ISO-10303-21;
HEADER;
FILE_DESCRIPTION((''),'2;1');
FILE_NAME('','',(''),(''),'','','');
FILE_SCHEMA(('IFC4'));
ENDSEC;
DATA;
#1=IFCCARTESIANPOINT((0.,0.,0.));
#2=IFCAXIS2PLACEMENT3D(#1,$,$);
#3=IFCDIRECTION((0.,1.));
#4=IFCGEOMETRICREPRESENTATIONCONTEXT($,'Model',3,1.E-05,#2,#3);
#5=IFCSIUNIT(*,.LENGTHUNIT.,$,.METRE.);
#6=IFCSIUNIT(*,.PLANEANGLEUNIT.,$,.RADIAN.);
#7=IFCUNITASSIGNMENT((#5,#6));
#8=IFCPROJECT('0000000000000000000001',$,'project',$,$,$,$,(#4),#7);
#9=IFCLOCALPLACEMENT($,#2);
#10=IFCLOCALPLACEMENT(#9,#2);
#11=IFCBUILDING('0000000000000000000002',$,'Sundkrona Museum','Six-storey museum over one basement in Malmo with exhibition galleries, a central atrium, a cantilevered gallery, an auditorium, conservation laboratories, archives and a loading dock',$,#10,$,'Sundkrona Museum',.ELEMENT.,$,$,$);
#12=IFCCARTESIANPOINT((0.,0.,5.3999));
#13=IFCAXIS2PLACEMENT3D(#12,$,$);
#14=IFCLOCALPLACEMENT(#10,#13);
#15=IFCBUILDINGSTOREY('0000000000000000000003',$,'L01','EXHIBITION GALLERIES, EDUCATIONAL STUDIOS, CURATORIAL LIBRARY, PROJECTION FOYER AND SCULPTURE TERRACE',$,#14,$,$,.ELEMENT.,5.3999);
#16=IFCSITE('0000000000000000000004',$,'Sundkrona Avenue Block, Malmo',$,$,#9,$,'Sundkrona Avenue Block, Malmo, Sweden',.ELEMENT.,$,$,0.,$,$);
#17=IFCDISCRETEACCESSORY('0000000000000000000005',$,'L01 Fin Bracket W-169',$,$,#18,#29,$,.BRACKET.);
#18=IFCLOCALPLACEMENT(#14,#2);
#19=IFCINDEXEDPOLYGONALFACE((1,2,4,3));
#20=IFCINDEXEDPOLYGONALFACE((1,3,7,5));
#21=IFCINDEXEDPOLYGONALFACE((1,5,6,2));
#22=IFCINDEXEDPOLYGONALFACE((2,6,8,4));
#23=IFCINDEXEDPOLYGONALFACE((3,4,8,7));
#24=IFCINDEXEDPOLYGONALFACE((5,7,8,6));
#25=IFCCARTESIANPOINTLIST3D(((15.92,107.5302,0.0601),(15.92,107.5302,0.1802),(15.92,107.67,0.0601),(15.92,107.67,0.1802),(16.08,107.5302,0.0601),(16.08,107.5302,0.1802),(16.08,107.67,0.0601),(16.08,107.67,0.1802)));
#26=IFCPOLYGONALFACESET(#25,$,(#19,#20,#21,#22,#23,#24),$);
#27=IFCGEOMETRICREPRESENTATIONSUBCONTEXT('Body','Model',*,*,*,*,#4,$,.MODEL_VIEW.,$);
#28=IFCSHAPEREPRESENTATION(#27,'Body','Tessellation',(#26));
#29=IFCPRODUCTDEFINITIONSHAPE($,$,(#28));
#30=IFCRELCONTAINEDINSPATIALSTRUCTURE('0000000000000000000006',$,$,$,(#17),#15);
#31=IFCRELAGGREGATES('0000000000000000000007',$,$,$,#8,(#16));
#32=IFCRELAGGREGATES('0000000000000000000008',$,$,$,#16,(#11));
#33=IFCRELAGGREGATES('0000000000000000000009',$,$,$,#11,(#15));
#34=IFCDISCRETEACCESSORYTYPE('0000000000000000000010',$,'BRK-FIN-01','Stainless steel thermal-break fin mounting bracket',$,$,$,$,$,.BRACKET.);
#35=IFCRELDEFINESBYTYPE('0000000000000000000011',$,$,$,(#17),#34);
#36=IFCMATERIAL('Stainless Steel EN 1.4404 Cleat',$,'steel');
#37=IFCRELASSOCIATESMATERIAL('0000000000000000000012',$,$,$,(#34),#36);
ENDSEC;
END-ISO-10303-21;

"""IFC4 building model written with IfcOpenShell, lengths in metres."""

from ifc_helpers import new_model, si_unit, direction, frame, origin, origin_2d, place, context, subcontext, project, spatial, rectangle, extrude, material, type_object, element, save


model = new_model("IFC4")

# Units and contexts
model_context = context("Model", 3, precision=1e-05, world=origin(), true_north=direction((0.0, 1.0)))
body_context = subcontext(model_context, "Body", "Model", "MODEL_VIEW")
ifc_project = project(units=[si_unit("LENGTHUNIT", "METRE"), si_unit("PLANEANGLEUNIT", "RADIAN")], contexts=[model_context])

# Site, building, storey
site_placement = place(None, origin())
site = spatial("IfcSite", under=ifc_project, at=site_placement, Name="Sundkrona Avenue Block, Malmo", LongName="Sundkrona Avenue Block, Malmo, Sweden", CompositionType="ELEMENT", RefElevation=0.0)
building_placement = place(site_placement, origin())
building = spatial("IfcBuilding", under=site, at=building_placement, Name="Sundkrona Museum", Description="Six-storey museum over one basement in Malmo with exhibition galleries, a central atrium, a cantilevered gallery, an auditorium, conservation laboratories, archives and a loading dock", LongName="Sundkrona Museum", CompositionType="ELEMENT")
storey_placement = place(building_placement, frame((0.0, 0.0, 5.3999)))
storey = spatial("IfcBuildingStorey", under=building, at=storey_placement, Name="L01", Description="EXHIBITION GALLERIES, EDUCATIONAL STUDIOS, CURATORIAL LIBRARY, PROJECTION FOYER AND SCULPTURE TERRACE", CompositionType="ELEMENT", Elevation=5.3999)

# Discrete accessory
ifc_material_1 = material(Name="Stainless Steel EN 1.4404 Cleat", Category="steel")
discrete_accessory_type = type_object("IfcDiscreteAccessoryType", Name="BRK-FIN-01", Description="Stainless steel thermal-break fin mounting bracket", PredefinedType="BRACKET", material=ifc_material_1)
for number, where, z_axis, x_axis, name in (
    (1, (16.0, 107.6001, 0.0601), (0.0, 0.0, 1.0), (1.0, 0.0, 0.0), "L01 Fin Bracket W-169"),
):
    element("IfcDiscreteAccessory", number, at=place(storey_placement, frame(where, z_axis=z_axis, x_axis=x_axis)), inside=storey, type_object=discrete_accessory_type, Name=name, PredefinedType="BRACKET", context=body_context, shape_type="SweptSolid", body=[
        extrude(rectangle(XDim=0.1599, YDim=0.1399, at=origin_2d()), origin(), (0.0, 0.0, 1.0), 0.1201),
    ])

save(model, "model.ifc")
